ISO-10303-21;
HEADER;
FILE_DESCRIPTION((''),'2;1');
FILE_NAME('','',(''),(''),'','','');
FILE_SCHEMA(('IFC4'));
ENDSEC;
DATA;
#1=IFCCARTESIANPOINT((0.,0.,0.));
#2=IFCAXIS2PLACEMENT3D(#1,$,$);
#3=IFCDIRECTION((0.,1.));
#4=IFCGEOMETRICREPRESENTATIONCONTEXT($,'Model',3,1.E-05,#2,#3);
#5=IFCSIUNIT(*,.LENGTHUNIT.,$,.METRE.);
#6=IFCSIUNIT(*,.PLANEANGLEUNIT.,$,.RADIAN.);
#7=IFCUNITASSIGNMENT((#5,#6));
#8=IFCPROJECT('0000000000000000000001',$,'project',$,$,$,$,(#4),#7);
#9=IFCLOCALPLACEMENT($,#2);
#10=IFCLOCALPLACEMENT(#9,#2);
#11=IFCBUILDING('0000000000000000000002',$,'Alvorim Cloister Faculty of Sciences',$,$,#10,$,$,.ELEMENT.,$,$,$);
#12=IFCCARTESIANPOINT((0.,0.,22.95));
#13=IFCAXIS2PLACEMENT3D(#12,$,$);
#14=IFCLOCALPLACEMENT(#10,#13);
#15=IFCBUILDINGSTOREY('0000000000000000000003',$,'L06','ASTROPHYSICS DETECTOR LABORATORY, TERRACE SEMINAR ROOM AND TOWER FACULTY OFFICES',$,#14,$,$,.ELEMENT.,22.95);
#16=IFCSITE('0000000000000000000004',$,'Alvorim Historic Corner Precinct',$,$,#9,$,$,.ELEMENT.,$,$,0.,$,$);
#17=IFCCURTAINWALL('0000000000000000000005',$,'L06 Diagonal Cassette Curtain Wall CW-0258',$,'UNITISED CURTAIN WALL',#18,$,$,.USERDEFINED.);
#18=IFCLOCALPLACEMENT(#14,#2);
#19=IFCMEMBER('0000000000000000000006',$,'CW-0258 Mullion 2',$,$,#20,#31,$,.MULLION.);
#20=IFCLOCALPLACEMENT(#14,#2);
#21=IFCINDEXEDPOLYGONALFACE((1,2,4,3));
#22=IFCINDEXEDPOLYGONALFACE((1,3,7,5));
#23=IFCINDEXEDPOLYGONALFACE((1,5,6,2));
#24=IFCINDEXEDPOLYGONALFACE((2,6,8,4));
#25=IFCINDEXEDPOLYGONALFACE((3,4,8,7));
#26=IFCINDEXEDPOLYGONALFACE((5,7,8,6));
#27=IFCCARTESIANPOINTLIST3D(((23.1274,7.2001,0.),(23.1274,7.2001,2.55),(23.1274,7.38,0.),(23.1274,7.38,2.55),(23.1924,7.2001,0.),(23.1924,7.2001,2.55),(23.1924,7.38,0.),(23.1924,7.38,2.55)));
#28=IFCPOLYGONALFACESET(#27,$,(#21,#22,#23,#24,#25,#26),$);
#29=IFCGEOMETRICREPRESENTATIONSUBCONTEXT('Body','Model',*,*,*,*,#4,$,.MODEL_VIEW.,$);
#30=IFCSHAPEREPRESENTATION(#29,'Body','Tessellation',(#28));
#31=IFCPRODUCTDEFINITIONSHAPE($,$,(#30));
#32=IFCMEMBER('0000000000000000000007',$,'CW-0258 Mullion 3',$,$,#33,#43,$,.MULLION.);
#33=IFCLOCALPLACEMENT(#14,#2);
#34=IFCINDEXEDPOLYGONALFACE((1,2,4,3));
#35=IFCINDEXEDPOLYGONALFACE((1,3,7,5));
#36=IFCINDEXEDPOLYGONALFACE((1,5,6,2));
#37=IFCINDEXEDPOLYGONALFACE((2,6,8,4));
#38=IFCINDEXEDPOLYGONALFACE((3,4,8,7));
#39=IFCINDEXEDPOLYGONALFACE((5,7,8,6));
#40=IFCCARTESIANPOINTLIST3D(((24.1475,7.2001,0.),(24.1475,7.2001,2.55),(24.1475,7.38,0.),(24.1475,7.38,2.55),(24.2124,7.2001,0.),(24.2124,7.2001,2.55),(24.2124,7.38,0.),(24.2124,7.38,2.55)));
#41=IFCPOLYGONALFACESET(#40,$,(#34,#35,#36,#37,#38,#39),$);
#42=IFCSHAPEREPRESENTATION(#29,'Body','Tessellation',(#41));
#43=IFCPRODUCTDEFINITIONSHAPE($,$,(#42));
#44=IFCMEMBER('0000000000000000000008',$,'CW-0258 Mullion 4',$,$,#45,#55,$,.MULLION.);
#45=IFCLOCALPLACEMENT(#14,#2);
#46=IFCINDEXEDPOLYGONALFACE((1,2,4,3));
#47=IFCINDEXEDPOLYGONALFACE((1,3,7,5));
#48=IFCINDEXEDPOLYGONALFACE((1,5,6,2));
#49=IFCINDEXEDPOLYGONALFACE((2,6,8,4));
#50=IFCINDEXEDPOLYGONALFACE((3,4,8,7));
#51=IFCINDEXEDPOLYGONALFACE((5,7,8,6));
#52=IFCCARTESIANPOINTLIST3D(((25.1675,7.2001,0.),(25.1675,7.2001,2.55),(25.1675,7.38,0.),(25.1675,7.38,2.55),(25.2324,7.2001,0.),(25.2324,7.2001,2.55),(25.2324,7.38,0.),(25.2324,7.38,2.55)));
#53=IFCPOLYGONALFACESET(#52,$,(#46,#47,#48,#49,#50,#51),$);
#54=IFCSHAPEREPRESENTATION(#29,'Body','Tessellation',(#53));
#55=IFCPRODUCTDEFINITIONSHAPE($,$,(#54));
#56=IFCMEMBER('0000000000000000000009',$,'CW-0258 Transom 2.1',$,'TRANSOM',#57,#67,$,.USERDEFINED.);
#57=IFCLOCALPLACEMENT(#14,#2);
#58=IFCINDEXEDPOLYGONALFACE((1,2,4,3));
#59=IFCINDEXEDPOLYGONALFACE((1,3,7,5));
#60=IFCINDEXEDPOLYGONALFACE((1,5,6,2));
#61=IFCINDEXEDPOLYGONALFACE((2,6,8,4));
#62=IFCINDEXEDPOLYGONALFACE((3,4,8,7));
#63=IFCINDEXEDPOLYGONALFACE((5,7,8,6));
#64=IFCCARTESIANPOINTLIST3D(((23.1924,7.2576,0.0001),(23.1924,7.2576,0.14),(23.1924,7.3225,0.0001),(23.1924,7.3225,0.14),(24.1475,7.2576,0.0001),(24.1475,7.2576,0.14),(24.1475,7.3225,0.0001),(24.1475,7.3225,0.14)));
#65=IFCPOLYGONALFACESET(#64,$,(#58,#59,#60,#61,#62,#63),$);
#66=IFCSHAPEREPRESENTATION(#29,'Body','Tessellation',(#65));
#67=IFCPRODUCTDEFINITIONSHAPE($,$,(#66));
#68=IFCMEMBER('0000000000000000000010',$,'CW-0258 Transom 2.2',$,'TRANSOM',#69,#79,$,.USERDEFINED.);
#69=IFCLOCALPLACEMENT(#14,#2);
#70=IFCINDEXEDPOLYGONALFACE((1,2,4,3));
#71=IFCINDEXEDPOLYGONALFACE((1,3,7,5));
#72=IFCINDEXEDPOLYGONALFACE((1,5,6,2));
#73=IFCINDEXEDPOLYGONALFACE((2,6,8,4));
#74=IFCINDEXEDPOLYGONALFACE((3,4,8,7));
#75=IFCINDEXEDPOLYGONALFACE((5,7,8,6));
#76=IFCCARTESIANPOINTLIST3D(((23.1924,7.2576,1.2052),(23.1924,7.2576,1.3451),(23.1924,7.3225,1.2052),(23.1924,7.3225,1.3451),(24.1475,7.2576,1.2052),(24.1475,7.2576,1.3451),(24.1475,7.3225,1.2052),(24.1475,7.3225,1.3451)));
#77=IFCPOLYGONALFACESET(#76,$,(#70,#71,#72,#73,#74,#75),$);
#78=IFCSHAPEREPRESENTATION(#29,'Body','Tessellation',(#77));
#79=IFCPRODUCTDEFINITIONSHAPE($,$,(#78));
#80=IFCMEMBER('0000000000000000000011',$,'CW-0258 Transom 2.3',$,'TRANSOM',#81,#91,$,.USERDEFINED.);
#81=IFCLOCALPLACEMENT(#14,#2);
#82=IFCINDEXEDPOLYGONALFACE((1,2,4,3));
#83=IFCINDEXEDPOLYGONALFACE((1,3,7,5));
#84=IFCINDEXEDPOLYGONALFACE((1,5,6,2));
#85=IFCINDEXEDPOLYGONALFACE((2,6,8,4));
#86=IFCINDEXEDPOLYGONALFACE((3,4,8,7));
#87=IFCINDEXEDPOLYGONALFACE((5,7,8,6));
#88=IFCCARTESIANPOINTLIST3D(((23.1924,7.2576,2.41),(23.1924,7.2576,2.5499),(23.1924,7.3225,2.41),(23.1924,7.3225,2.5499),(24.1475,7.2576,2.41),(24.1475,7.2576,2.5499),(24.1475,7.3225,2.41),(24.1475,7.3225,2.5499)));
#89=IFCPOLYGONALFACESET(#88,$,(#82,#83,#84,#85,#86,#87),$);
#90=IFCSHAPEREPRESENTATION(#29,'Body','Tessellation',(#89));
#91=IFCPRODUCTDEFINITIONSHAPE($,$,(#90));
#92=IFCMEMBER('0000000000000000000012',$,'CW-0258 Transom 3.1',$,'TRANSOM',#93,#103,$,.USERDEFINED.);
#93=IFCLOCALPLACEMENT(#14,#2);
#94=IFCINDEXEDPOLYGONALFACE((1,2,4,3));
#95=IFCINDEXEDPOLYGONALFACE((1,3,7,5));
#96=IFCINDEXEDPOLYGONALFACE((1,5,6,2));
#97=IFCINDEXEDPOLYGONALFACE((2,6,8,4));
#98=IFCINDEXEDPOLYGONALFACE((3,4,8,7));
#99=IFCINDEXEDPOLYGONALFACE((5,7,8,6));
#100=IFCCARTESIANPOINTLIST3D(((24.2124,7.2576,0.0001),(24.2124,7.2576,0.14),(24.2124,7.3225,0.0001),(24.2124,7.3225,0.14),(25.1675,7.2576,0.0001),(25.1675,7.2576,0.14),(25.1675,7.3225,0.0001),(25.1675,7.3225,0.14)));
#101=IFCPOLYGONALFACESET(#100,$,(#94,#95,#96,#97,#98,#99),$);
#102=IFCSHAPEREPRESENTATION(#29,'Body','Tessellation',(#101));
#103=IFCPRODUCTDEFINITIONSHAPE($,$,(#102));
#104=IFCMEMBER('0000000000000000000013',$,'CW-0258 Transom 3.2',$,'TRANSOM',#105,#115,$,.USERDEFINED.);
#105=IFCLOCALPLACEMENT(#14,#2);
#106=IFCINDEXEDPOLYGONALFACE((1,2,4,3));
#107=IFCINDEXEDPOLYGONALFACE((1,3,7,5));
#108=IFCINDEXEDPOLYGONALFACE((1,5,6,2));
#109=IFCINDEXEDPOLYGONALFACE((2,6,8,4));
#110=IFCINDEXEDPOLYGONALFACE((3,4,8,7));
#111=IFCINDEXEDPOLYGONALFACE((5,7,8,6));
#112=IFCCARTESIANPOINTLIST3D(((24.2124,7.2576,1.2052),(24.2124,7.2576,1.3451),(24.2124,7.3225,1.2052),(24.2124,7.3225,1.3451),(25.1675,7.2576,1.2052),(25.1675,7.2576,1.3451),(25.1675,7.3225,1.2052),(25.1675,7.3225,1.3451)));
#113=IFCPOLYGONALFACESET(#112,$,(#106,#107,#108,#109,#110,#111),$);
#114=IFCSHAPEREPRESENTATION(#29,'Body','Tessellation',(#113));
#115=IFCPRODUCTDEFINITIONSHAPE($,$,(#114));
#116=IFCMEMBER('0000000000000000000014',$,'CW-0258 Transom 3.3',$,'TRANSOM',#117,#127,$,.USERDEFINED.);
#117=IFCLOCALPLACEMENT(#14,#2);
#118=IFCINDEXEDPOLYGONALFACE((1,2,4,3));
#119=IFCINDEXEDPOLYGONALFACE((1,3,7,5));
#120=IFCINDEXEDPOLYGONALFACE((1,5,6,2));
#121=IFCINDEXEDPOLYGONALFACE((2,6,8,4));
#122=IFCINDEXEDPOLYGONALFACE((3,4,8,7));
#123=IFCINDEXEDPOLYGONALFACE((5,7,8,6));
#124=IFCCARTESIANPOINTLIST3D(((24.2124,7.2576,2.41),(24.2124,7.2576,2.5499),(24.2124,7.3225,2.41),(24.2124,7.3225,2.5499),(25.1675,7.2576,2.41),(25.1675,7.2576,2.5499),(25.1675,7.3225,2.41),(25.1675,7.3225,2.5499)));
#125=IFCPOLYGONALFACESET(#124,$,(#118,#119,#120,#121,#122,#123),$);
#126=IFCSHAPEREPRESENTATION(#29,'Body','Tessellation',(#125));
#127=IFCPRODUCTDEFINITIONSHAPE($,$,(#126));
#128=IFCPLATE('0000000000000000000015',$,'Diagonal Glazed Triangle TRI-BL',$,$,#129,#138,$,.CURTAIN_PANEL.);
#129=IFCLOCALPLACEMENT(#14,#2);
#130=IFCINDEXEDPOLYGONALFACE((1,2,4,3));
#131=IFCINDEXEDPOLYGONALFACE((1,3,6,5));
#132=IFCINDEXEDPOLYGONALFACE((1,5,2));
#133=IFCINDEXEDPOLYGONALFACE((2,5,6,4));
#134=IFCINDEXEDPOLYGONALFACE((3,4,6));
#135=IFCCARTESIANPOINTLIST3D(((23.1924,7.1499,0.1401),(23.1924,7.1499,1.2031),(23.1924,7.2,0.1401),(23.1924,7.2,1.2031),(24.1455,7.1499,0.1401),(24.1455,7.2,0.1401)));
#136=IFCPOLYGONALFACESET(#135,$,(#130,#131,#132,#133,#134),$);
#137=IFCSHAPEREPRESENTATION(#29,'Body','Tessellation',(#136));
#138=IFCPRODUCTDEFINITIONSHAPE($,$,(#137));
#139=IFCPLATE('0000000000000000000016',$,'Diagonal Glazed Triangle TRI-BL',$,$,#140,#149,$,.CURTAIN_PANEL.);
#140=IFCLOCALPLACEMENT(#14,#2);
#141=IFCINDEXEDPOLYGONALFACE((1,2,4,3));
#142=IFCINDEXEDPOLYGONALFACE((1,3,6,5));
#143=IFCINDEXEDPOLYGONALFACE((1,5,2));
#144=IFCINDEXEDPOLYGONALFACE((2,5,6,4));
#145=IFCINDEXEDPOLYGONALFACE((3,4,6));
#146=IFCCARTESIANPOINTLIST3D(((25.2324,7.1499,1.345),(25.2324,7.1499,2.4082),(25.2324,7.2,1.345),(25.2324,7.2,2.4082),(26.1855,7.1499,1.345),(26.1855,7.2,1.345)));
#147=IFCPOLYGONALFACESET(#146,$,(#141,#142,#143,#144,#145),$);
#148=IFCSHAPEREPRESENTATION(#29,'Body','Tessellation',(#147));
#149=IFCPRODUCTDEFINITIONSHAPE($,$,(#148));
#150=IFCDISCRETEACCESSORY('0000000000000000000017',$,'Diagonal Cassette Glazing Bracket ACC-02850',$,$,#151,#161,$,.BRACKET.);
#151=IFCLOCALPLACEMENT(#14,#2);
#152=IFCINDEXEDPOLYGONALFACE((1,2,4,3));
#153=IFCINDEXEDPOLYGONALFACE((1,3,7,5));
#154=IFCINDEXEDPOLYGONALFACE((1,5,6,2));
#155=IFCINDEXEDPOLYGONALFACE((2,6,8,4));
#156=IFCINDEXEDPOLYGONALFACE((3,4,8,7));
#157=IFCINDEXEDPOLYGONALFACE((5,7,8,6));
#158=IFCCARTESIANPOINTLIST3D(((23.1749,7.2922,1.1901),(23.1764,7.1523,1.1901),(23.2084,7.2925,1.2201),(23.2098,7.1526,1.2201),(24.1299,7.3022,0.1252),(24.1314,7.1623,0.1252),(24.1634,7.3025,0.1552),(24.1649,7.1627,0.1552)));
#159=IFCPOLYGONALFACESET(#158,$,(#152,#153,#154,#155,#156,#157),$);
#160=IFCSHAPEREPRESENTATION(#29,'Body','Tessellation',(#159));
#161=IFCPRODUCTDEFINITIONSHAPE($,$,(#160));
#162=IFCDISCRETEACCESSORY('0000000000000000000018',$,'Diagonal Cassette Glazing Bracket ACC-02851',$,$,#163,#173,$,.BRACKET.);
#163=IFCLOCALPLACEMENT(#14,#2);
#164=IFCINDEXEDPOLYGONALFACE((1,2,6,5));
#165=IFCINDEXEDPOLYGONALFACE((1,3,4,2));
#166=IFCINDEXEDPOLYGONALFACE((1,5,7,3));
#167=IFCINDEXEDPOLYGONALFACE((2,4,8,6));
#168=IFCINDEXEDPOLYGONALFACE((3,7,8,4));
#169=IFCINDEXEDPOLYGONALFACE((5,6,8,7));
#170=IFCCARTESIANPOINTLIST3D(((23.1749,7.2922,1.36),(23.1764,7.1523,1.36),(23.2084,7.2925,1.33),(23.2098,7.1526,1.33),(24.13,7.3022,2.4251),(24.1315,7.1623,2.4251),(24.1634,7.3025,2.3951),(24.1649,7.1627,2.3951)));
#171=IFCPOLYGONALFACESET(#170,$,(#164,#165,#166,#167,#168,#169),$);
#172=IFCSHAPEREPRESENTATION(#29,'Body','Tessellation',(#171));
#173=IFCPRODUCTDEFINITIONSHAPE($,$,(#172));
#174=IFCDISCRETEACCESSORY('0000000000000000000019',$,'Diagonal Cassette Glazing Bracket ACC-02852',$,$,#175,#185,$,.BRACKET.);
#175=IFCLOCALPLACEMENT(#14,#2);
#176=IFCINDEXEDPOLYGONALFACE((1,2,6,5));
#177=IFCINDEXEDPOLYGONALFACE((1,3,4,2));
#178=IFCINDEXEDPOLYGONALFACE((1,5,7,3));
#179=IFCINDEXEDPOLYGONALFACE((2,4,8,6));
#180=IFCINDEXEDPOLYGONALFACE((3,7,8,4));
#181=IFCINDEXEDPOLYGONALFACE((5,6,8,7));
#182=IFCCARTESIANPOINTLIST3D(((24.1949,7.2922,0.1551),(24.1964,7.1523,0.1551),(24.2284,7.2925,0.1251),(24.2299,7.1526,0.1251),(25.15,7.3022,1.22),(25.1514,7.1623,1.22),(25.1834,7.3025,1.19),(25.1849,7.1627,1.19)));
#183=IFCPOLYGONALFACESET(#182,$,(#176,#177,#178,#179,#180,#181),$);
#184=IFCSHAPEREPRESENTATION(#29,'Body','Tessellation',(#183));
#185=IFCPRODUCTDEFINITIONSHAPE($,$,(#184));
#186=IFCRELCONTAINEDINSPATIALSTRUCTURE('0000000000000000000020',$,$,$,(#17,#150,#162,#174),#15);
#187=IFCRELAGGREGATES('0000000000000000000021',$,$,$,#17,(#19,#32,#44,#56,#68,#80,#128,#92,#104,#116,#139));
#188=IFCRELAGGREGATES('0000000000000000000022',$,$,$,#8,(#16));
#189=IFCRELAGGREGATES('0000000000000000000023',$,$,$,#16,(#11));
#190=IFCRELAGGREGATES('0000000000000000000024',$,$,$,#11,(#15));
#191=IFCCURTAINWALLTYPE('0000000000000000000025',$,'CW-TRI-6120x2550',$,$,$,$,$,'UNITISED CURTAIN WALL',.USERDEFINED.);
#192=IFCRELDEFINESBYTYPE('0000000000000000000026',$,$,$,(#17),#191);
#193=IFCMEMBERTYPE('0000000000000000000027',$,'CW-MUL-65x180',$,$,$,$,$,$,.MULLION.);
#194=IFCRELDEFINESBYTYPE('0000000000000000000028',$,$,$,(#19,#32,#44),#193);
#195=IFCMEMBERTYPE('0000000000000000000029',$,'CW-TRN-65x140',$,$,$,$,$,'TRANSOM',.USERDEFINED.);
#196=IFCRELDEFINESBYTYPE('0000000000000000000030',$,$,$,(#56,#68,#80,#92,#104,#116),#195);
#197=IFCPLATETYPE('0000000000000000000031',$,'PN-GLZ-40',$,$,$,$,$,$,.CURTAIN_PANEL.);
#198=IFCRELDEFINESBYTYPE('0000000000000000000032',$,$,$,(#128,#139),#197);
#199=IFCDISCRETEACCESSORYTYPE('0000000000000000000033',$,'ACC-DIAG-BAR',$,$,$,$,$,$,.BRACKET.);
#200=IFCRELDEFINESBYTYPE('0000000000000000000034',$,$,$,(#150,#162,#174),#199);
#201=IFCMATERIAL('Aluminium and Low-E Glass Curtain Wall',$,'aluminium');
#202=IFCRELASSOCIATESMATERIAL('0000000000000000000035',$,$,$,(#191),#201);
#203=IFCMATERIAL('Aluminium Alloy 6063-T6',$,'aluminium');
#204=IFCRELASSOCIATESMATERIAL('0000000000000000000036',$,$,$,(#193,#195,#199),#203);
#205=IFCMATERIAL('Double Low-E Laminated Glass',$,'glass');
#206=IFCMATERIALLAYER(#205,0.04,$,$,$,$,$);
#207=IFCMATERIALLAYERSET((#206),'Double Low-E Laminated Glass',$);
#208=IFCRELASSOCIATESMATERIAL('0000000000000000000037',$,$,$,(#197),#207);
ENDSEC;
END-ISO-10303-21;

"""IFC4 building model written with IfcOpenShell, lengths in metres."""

from ifc_helpers import new_model, si_unit, direction, frame, origin, origin_2d, place, context, subcontext, project, spatial, polyline, rectangle, outline, extrude, material, layer, layer_set, material_profile, profile_set, type_object, element, aggregate, save


model = new_model("IFC4")

# Units and contexts
model_context = context("Model", 3, precision=1e-05, world=origin(), true_north=direction((0.0, 1.0)))
body_context = subcontext(model_context, "Body", "Model", "MODEL_VIEW")
ifc_project = project(units=[si_unit("LENGTHUNIT", "METRE"), si_unit("PLANEANGLEUNIT", "RADIAN")], contexts=[model_context])

# Site, building, storey
site_placement = place(None, origin())
site = spatial("IfcSite", under=ifc_project, at=site_placement, Name="Alvorim Historic Corner Precinct", CompositionType="ELEMENT", RefElevation=0.0)
building_placement = place(site_placement, origin())
building = spatial("IfcBuilding", under=site, at=building_placement, Name="Alvorim Cloister Faculty of Sciences", CompositionType="ELEMENT")
storey_placement = place(building_placement, frame((0.0, 0.0, 22.95)))
storey = spatial("IfcBuildingStorey", under=building, at=storey_placement, Name="L06", Description="ASTROPHYSICS DETECTOR LABORATORY, TERRACE SEMINAR ROOM AND TOWER FACULTY OFFICES", CompositionType="ELEMENT", Elevation=22.95)

# Curtain wall, members, plates
ifc_material_1 = material(Name="Aluminium and Low-E Glass Curtain Wall", Category="aluminium")
curtain_wall_type = type_object("IfcCurtainWallType", Name="CW-TRI-6120x2550", ElementType="UNITISED CURTAIN WALL", PredefinedType="USERDEFINED", material=ifc_material_1)
curtain_wall_placement = place(storey_placement, origin())
curtain_wall = element("IfcCurtainWall", 1, at=curtain_wall_placement, inside=storey, type_object=curtain_wall_type, Name="L06 Diagonal Cassette Curtain Wall CW-0258", ObjectType="UNITISED CURTAIN WALL", PredefinedType="USERDEFINED")
ifc_material_2 = material(Name="Aluminium Alloy 6063-T6", Category="aluminium")
ifc_material_profile_1 = material_profile(ifc_material_2, rectangle(XDim=0.0649, YDim=0.1799, at=origin_2d()), Name="ALU-MUL-65x180")
ifc_profile_set_1 = profile_set([ifc_material_profile_1], Name="Aluminium Alloy 6063-T6")
member_type_1 = type_object("IfcMemberType", Name="CW-MUL-65x180", PredefinedType="MULLION", material=ifc_profile_set_1)
member_1_placement = place(storey_placement, frame((23.1599, 7.29, 0.0), z_axis=(0.0, 0.0, 1.0), x_axis=(1.0, 0.0, 0.0)))
member_1 = element("IfcMember", 2, at=member_1_placement, type_object=member_type_1, Name="CW-0258 Mullion 2", PredefinedType="MULLION", context=body_context, shape_type="SweptSolid", body=[
    extrude(rectangle(XDim=0.0649, YDim=0.1799, at=origin_2d()), origin(), (0.0, 0.0, 1.0), 2.55),
])
member_2_placement = place(storey_placement, frame((24.1799, 7.29, 0.0), z_axis=(0.0, 0.0, 1.0), x_axis=(1.0, 0.0, 0.0)))
member_2 = element("IfcMember", 3, at=member_2_placement, type_object=member_type_1, Name="CW-0258 Mullion 3", PredefinedType="MULLION", context=body_context, shape_type="SweptSolid", body=[
    extrude(rectangle(XDim=0.0649, YDim=0.1799, at=origin_2d()), origin(), (0.0, 0.0, 1.0), 2.55),
])
member_3_placement = place(storey_placement, frame((25.2, 7.29, 0.0), z_axis=(0.0, 0.0, 1.0), x_axis=(1.0, 0.0, 0.0)))
member_3 = element("IfcMember", 4, at=member_3_placement, type_object=member_type_1, Name="CW-0258 Mullion 4", PredefinedType="MULLION", context=body_context, shape_type="SweptSolid", body=[
    extrude(rectangle(XDim=0.0649, YDim=0.1799, at=origin_2d()), origin(), (0.0, 0.0, 1.0), 2.55),
])
ifc_material_profile_2 = material_profile(ifc_material_2, rectangle(XDim=0.0649, YDim=0.1399, at=origin_2d()), Name="ALU-TRN-65x140")
ifc_profile_set_2 = profile_set([ifc_material_profile_2], Name="Aluminium Alloy 6063-T6")
member_type_2 = type_object("IfcMemberType", Name="CW-TRN-65x140", ElementType="TRANSOM", PredefinedType="USERDEFINED", material=ifc_profile_set_2)
member_4_placement = place(storey_placement, frame((23.1924, 7.29, 0.0701), z_axis=(1.0, 0.0, 0.0), x_axis=(0.0, 1.0, 0.0)))
member_4 = element("IfcMember", 5, at=member_4_placement, type_object=member_type_2, Name="CW-0258 Transom 2.1", ObjectType="TRANSOM", PredefinedType="USERDEFINED", context=body_context, shape_type="SweptSolid", body=[
    extrude(rectangle(XDim=0.0649, YDim=0.1399, at=origin_2d()), origin(), (0.0, 0.0, 1.0), 0.9551),
])
member_5_placement = place(storey_placement, frame((23.1924, 7.29, 1.2751), z_axis=(1.0, 0.0, 0.0), x_axis=(0.0, 1.0, 0.0)))
member_5 = element("IfcMember", 6, at=member_5_placement, type_object=member_type_2, Name="CW-0258 Transom 2.2", ObjectType="TRANSOM", PredefinedType="USERDEFINED", context=body_context, shape_type="SweptSolid", body=[
    extrude(rectangle(XDim=0.0649, YDim=0.1399, at=origin_2d()), origin(), (0.0, 0.0, 1.0), 0.9551),
])
member_6_placement = place(storey_placement, frame((23.1924, 7.29, 2.48), z_axis=(1.0, 0.0, 0.0), x_axis=(0.0, 1.0, 0.0)))
member_6 = element("IfcMember", 7, at=member_6_placement, type_object=member_type_2, Name="CW-0258 Transom 2.3", ObjectType="TRANSOM", PredefinedType="USERDEFINED", context=body_context, shape_type="SweptSolid", body=[
    extrude(rectangle(XDim=0.0649, YDim=0.1399, at=origin_2d()), origin(), (0.0, 0.0, 1.0), 0.9551),
])
member_7_placement = place(storey_placement, frame((24.2124, 7.29, 0.0701), z_axis=(1.0, 0.0, 0.0), x_axis=(0.0, 1.0, 0.0)))
member_7 = element("IfcMember", 8, at=member_7_placement, type_object=member_type_2, Name="CW-0258 Transom 3.1", ObjectType="TRANSOM", PredefinedType="USERDEFINED", context=body_context, shape_type="SweptSolid", body=[
    extrude(rectangle(XDim=0.0649, YDim=0.1399, at=origin_2d()), origin(), (0.0, 0.0, 1.0), 0.9551),
])
member_8_placement = place(storey_placement, frame((24.2124, 7.29, 1.2751), z_axis=(1.0, 0.0, 0.0), x_axis=(0.0, 1.0, 0.0)))
member_8 = element("IfcMember", 9, at=member_8_placement, type_object=member_type_2, Name="CW-0258 Transom 3.2", ObjectType="TRANSOM", PredefinedType="USERDEFINED", context=body_context, shape_type="SweptSolid", body=[
    extrude(rectangle(XDim=0.0649, YDim=0.1399, at=origin_2d()), origin(), (0.0, 0.0, 1.0), 0.9551),
])
member_9_placement = place(storey_placement, frame((24.2124, 7.29, 2.48), z_axis=(1.0, 0.0, 0.0), x_axis=(0.0, 1.0, 0.0)))
member_9 = element("IfcMember", 10, at=member_9_placement, type_object=member_type_2, Name="CW-0258 Transom 3.3", ObjectType="TRANSOM", PredefinedType="USERDEFINED", context=body_context, shape_type="SweptSolid", body=[
    extrude(rectangle(XDim=0.0649, YDim=0.1399, at=origin_2d()), origin(), (0.0, 0.0, 1.0), 0.9551),
])
ifc_material_3 = material(Name="Double Low-E Laminated Glass", Category="glass")
ifc_layer = layer(ifc_material_3, 0.04)
ifc_layer_set = layer_set([ifc_layer], Name="Double Low-E Laminated Glass")
plate_type = type_object("IfcPlateType", Name="PN-GLZ-40", PredefinedType="CURTAIN_PANEL", material=ifc_layer_set)
plate_1_placement = place(storey_placement, frame((23.1924, 7.175, 0.1401), z_axis=(0.0, 0.0, 1.0), x_axis=(1.0, 0.0, 0.0)))
plate_1 = element("IfcPlate", 11, at=plate_1_placement, type_object=plate_type, Name="Diagonal Glazed Triangle TRI-BL", PredefinedType="CURTAIN_PANEL", context=body_context, shape_type="SweptSolid", body=[
    extrude(outline(polyline([(0.0, 0.0), (0.9531, 0.0), (0.0, 1.063), (0.0, 0.0)])), frame((0.0, 0.0249, 0.0), z_axis=(0.0, -1.0, 0.0), x_axis=(1.0, 0.0, 0.0)), (0.0, 0.0, 1.0), 0.05),
])
plate_2_placement = place(storey_placement, frame((25.2324, 7.175, 1.345), z_axis=(0.0, 0.0, 1.0), x_axis=(1.0, 0.0, 0.0)))
plate_2 = element("IfcPlate", 12, at=plate_2_placement, type_object=plate_type, Name="Diagonal Glazed Triangle TRI-BL", PredefinedType="CURTAIN_PANEL", context=body_context, shape_type="SweptSolid", body=[
    extrude(outline(polyline([(0.0, 0.0), (0.9531, 0.0), (0.0, 1.0632), (0.0, 0.0)])), frame((0.0, 0.0249, 0.0), z_axis=(0.0, -1.0, 0.0), x_axis=(1.0, 0.0, 0.0)), (0.0, 0.0, 1.0), 0.05),
])
aggregate(curtain_wall, [member_1, member_2, member_3, member_4, member_5, member_6, plate_1, member_7, member_8, member_9, plate_2])

# Discrete accessories
discrete_accessory_type = type_object("IfcDiscreteAccessoryType", Name="ACC-DIAG-BAR", PredefinedType="BRACKET", material=ifc_material_2)
discrete_accessory_1_placement = place(storey_placement, frame((23.1924, 7.2224, 1.2051), z_axis=(0.667646, 0.006997, -0.744446), x_axis=(-0.01048, 0.999945, 0.0)))
element("IfcDiscreteAccessory", 13, at=discrete_accessory_1_placement, inside=storey, type_object=discrete_accessory_type, Name="Diagonal Cassette Glazing Bracket ACC-02850", PredefinedType="BRACKET", context=body_context, shape_type="SweptSolid", body=[
    extrude(rectangle(XDim=0.1399, YDim=0.0449, at=origin_2d()), origin(), (0.0, 0.0, 1.0), 1.4304),
])
discrete_accessory_2_placement = place(storey_placement, frame((23.1924, 7.2224, 1.345), z_axis=(0.667561, 0.006996, 0.744522), x_axis=(-0.01048, 0.999945, 0.0)))
element("IfcDiscreteAccessory", 14, at=discrete_accessory_2_placement, inside=storey, type_object=discrete_accessory_type, Name="Diagonal Cassette Glazing Bracket ACC-02851", PredefinedType="BRACKET", context=body_context, shape_type="SweptSolid", body=[
    extrude(rectangle(XDim=0.1399, YDim=0.0449, at=origin_2d()), origin(), (0.0, 0.0, 1.0), 1.4307),
])
discrete_accessory_3_placement = place(storey_placement, frame((24.2124, 7.2224, 0.1401), z_axis=(0.667646, 0.006997, 0.744446), x_axis=(-0.01048, 0.999945, 0.0)))
element("IfcDiscreteAccessory", 15, at=discrete_accessory_3_placement, inside=storey, type_object=discrete_accessory_type, Name="Diagonal Cassette Glazing Bracket ACC-02852", PredefinedType="BRACKET", context=body_context, shape_type="SweptSolid", body=[
    extrude(rectangle(XDim=0.1399, YDim=0.0449, at=origin_2d()), origin(), (0.0, 0.0, 1.0), 1.4304),
])

save(model, "model.ifc")
